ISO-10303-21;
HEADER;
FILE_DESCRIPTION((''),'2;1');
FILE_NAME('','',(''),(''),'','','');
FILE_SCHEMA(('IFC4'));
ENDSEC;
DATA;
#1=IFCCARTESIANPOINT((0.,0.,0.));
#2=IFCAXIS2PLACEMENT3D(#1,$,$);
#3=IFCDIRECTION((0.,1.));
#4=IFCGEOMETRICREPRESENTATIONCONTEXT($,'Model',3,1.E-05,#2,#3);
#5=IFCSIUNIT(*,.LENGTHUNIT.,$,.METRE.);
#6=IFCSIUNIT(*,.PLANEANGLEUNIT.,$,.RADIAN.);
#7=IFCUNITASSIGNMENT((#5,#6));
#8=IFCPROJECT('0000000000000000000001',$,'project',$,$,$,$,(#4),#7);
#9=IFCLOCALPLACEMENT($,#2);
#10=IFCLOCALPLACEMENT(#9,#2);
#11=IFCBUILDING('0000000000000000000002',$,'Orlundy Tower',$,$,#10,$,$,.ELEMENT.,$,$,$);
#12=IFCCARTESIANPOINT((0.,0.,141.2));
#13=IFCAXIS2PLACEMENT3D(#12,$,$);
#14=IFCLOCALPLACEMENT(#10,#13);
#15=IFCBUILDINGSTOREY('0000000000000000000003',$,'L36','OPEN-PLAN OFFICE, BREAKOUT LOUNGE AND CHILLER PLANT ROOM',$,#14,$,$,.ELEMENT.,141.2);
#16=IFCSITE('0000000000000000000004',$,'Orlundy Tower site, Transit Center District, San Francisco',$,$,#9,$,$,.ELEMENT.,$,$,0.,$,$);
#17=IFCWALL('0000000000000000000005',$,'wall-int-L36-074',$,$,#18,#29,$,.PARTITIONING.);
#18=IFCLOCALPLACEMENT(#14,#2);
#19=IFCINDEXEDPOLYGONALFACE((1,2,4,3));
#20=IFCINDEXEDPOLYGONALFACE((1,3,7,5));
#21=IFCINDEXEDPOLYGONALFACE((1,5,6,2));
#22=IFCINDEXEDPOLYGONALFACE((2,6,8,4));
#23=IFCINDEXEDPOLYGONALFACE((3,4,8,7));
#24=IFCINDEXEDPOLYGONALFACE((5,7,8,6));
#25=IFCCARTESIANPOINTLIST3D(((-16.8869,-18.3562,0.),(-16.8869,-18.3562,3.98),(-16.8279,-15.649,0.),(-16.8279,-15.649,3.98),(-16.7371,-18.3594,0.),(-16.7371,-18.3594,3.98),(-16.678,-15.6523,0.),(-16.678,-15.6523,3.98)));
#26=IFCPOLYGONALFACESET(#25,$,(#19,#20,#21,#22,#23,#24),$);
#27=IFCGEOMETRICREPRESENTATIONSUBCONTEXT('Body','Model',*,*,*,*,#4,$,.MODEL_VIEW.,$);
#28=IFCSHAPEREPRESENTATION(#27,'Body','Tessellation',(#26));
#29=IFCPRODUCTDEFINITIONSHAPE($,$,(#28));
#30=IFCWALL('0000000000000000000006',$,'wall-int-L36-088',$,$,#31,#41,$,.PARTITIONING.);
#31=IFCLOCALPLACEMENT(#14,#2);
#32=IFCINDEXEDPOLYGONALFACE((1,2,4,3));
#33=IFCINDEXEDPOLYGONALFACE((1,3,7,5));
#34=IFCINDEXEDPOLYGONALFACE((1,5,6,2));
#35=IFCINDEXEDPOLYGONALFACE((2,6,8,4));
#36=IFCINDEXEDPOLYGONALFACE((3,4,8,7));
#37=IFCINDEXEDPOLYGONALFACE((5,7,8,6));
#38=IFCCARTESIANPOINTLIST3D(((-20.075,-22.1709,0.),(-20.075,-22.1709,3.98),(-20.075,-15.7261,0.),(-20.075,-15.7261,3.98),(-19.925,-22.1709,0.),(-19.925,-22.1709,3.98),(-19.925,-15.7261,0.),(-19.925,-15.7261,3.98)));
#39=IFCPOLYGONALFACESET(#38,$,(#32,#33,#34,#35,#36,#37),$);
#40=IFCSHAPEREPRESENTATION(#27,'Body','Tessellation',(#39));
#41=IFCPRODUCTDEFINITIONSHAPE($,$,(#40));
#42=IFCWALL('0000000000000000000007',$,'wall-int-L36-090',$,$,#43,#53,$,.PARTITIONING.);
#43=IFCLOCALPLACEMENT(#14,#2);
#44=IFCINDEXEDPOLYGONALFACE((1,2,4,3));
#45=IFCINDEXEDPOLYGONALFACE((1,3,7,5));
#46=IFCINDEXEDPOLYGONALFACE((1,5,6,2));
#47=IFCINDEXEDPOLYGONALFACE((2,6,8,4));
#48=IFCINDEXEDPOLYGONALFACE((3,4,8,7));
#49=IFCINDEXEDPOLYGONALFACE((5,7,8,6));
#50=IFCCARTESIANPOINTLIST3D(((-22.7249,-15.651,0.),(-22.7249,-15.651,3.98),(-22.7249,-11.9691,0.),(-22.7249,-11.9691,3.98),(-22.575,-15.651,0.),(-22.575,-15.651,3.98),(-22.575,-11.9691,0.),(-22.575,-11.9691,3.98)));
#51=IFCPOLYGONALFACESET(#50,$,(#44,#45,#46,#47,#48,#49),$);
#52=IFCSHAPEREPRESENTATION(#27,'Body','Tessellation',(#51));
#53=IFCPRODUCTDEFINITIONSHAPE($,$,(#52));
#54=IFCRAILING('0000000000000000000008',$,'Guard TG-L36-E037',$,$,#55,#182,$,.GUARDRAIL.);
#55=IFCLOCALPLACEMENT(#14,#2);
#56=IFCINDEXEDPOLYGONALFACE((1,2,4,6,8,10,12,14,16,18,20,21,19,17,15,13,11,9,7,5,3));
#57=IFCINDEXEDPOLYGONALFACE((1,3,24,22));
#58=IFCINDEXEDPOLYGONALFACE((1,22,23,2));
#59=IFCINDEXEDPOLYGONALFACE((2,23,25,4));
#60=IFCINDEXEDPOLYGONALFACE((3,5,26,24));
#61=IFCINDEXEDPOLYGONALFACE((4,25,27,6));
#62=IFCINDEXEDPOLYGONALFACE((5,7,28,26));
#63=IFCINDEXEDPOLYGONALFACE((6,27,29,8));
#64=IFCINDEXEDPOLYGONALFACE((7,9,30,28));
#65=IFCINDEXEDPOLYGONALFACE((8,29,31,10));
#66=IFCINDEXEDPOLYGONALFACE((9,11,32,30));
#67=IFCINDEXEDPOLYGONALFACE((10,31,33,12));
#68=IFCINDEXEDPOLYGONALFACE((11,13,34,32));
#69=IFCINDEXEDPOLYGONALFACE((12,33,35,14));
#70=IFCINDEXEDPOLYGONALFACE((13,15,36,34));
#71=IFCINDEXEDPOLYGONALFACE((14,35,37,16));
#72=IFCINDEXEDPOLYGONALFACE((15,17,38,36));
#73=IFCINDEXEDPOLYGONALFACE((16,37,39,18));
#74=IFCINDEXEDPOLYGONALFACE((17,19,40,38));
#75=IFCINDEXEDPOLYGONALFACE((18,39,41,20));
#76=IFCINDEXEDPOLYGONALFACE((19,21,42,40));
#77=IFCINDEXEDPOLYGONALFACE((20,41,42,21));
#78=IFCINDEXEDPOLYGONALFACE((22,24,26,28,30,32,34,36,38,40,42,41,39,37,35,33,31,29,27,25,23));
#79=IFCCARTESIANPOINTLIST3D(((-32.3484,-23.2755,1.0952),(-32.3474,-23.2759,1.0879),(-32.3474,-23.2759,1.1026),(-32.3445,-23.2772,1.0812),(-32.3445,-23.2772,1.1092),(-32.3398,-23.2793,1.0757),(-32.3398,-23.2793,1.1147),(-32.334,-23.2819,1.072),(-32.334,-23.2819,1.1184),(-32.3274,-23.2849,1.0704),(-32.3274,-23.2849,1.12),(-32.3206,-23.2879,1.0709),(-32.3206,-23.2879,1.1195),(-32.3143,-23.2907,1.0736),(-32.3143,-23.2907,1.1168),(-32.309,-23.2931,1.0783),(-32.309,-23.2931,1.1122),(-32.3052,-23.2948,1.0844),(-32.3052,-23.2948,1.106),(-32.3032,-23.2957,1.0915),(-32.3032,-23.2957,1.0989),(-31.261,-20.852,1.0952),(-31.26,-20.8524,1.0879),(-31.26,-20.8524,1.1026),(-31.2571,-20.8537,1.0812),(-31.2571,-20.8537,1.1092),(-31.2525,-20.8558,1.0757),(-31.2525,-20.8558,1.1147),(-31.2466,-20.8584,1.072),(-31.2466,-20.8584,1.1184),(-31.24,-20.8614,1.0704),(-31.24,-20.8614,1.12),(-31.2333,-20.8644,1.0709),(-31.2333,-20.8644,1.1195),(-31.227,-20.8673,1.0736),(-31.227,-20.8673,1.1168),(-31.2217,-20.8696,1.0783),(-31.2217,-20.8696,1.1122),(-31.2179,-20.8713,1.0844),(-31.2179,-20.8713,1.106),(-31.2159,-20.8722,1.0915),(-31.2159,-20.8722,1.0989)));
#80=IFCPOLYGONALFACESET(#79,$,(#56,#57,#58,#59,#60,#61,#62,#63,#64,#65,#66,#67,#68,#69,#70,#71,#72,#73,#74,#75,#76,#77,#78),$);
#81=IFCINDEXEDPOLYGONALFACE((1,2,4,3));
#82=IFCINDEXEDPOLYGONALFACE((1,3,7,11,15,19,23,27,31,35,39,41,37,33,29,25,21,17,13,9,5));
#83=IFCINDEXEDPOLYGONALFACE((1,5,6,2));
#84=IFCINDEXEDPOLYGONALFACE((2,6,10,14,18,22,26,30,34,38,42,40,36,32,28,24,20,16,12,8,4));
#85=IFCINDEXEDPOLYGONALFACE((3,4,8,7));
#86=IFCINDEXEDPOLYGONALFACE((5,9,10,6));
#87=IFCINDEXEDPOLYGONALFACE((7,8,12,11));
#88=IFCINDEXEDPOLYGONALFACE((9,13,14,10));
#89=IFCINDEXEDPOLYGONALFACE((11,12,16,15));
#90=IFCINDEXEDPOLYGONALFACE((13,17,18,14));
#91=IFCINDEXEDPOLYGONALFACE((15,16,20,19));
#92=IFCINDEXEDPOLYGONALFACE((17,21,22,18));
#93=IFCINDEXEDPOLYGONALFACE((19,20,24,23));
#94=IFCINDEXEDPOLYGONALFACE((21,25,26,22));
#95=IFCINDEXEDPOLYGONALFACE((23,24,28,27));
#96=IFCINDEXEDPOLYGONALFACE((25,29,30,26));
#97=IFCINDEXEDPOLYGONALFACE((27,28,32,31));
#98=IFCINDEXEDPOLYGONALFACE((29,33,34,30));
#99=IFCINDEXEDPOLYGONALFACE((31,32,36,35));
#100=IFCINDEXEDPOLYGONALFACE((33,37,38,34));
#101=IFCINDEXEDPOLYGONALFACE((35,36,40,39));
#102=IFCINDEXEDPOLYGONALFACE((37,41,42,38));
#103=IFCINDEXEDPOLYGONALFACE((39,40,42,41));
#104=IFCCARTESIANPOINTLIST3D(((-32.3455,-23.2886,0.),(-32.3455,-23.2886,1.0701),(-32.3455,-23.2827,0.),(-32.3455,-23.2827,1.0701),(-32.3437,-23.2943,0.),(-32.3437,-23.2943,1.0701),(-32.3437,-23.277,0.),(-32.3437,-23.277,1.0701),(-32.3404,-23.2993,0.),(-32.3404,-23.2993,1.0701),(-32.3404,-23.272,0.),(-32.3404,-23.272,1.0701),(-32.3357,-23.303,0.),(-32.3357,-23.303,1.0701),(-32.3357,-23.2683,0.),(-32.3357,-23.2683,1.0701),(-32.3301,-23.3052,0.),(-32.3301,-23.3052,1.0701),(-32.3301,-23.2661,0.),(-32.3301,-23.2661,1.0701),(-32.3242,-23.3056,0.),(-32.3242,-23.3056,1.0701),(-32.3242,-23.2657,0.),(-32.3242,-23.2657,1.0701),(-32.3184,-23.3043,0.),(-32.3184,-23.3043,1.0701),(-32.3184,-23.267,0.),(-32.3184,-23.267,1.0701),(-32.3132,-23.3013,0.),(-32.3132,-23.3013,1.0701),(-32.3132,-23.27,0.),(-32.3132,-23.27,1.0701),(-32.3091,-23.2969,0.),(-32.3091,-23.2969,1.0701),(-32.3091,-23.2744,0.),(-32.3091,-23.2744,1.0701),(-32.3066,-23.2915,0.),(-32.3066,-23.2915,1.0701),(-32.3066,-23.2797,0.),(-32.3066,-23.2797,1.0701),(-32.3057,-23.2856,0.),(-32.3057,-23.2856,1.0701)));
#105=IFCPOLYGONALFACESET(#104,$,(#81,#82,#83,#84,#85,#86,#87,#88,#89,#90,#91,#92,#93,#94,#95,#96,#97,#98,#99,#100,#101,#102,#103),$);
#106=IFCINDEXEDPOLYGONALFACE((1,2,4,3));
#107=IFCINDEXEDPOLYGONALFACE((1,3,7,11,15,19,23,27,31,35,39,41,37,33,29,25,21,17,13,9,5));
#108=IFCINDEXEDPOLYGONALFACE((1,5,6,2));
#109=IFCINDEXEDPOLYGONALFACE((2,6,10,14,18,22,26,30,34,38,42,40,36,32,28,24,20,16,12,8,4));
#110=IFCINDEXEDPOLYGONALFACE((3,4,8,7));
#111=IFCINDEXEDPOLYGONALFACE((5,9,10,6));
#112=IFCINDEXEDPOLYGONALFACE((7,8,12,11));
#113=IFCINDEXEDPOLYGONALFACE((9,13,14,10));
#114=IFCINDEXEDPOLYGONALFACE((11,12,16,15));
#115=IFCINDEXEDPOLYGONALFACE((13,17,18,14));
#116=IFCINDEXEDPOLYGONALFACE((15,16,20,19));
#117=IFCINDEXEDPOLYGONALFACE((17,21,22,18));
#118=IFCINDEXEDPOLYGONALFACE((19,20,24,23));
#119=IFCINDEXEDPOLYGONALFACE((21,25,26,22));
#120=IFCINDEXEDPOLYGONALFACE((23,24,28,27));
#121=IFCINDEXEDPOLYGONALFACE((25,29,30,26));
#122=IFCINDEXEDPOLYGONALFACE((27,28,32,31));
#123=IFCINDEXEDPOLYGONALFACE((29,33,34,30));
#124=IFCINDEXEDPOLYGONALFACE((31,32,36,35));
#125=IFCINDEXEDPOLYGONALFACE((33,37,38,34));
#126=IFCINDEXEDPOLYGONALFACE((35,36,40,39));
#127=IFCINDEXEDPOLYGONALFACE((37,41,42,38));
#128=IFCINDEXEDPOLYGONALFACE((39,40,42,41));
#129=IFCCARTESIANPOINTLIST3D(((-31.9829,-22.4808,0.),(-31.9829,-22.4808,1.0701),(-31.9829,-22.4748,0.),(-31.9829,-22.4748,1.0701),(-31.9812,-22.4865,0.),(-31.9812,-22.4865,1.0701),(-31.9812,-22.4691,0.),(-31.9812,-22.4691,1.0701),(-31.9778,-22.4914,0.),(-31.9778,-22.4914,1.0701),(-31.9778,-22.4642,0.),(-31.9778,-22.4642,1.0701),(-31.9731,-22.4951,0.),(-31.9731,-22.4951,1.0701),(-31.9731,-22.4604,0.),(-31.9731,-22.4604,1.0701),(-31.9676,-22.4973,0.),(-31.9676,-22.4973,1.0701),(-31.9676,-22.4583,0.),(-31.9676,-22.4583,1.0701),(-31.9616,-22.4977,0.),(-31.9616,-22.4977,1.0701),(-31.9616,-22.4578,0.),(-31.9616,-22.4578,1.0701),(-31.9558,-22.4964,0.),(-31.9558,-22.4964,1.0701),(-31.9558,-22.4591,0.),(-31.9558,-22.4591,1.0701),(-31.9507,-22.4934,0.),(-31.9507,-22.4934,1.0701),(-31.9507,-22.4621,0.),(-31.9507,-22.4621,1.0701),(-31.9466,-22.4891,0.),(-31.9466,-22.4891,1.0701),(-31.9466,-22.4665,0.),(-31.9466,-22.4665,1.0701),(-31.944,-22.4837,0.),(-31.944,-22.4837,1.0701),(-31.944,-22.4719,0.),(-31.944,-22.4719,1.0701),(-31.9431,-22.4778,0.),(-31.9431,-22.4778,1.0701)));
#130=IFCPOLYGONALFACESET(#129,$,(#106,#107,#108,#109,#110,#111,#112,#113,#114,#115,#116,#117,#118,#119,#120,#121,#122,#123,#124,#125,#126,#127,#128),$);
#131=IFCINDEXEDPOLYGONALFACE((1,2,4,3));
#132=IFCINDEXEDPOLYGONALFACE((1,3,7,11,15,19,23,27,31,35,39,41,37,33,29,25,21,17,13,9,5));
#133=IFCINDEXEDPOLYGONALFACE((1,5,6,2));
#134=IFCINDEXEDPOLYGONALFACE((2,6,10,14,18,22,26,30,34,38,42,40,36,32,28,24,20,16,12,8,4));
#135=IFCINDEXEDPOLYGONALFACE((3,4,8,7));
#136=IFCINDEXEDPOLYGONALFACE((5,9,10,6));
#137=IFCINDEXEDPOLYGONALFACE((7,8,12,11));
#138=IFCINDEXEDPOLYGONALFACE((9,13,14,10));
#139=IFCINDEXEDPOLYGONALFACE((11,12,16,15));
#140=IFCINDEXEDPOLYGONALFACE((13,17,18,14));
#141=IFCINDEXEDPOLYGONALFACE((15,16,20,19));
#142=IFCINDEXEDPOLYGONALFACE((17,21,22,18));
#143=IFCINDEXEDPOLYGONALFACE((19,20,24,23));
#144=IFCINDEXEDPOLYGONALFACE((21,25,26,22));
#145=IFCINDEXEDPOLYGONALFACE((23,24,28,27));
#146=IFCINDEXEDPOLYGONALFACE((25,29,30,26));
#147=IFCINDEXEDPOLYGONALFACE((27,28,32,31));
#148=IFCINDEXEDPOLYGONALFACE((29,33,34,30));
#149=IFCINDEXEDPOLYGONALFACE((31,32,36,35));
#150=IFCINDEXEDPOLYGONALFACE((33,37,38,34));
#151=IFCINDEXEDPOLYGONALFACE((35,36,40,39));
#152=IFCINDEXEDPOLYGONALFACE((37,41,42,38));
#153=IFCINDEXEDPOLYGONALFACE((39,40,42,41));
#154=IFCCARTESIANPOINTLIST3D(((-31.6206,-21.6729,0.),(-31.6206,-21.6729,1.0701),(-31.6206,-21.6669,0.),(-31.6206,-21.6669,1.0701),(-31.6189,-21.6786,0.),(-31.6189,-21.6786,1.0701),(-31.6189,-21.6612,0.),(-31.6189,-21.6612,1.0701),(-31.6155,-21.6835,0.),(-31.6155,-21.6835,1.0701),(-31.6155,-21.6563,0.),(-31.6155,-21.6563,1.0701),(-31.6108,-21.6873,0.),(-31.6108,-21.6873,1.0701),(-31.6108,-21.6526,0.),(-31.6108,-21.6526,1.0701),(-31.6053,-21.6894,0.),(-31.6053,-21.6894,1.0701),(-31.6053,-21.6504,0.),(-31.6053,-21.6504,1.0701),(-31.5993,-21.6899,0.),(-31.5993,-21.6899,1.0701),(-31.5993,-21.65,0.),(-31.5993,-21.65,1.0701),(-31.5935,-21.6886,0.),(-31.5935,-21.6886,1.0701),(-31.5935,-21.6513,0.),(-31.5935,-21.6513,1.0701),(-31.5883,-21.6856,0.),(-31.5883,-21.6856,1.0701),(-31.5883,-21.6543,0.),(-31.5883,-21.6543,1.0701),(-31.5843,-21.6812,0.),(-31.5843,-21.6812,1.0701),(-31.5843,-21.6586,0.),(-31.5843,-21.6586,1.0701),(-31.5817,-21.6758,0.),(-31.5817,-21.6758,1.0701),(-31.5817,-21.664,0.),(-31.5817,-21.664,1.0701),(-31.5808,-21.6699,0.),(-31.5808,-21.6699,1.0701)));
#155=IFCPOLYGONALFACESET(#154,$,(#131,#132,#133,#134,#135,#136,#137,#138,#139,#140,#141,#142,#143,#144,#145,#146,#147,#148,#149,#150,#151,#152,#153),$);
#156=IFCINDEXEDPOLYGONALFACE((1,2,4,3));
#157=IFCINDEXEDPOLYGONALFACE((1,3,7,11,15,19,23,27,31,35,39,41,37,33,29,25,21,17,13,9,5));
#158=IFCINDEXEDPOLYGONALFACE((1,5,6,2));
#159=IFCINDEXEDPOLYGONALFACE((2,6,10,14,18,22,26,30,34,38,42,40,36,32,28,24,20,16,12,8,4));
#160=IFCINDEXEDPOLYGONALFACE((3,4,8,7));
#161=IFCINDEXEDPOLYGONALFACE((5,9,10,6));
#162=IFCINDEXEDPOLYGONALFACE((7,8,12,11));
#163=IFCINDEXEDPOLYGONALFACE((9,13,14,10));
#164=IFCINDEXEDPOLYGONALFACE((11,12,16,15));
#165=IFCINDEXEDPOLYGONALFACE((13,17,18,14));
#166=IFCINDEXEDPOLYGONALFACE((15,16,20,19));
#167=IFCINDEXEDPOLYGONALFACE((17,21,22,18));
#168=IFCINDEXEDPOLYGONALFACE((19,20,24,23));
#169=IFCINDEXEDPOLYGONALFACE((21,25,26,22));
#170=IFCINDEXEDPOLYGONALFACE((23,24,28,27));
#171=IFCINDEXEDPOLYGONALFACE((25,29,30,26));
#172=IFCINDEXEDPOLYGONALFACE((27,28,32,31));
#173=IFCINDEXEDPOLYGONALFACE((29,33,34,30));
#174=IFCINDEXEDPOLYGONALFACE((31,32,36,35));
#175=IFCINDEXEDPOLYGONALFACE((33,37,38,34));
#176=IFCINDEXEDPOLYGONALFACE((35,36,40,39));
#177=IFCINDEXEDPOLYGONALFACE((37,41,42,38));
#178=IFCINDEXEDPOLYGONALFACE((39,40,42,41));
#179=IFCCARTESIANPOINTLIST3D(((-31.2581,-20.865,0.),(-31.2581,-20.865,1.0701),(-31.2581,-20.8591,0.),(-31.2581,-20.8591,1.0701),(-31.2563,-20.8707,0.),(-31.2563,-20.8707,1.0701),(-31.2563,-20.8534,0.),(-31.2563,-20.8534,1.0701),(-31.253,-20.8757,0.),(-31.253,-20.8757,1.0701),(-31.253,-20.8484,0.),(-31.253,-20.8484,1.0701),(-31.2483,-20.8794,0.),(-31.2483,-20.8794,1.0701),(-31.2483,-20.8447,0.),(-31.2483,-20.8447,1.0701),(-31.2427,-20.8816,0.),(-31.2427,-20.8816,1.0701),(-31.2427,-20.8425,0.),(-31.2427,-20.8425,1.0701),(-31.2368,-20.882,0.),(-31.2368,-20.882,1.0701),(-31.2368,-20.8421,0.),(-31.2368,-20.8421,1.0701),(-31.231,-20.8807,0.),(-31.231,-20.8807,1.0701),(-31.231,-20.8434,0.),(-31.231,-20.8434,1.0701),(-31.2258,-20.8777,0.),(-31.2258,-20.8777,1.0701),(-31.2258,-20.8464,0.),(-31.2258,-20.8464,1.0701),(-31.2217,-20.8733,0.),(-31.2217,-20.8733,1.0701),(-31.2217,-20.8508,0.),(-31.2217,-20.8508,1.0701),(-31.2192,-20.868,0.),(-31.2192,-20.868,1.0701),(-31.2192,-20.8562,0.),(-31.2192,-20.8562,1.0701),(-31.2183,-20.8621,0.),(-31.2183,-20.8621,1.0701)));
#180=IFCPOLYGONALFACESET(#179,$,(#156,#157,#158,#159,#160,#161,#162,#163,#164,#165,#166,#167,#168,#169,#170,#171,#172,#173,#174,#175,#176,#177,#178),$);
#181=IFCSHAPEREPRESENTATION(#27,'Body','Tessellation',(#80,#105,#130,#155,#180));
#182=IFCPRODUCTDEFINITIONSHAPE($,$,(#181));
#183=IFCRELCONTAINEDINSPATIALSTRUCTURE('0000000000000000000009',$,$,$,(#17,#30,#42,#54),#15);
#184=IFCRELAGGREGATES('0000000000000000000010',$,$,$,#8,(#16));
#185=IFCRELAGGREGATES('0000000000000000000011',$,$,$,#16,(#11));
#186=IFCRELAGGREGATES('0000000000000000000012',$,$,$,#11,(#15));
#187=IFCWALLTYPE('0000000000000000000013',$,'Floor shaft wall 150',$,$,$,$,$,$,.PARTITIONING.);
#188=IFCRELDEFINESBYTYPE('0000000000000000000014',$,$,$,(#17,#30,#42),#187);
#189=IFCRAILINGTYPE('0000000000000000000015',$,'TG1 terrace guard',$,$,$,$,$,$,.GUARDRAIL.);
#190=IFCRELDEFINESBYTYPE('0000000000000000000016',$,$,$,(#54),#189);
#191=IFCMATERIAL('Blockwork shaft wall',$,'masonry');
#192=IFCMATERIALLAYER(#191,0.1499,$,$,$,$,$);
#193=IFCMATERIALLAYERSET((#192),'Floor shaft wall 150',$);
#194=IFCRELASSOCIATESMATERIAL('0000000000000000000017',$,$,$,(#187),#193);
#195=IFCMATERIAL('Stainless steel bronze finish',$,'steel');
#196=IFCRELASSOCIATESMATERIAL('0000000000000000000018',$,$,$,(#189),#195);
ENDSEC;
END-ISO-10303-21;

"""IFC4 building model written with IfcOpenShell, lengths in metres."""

from ifc_helpers import new_model, si_unit, direction, frame, frame_2d, origin, origin_2d, place, context, subcontext, project, spatial, rectangle, circle, extrude, material, layer, layer_set, type_object, element, save


model = new_model("IFC4")

# Units and contexts
model_context = context("Model", 3, precision=1e-05, world=origin(), true_north=direction((0.0, 1.0)))
body_context = subcontext(model_context, "Body", "Model", "MODEL_VIEW")
ifc_project = project(units=[si_unit("LENGTHUNIT", "METRE"), si_unit("PLANEANGLEUNIT", "RADIAN")], contexts=[model_context])

# Site, building, storey
site_placement = place(None, origin())
site = spatial("IfcSite", under=ifc_project, at=site_placement, Name="Orlundy Tower site, Transit Center District, San Francisco", CompositionType="ELEMENT", RefElevation=0.0)
building_placement = place(site_placement, origin())
building = spatial("IfcBuilding", under=site, at=building_placement, Name="Orlundy Tower", CompositionType="ELEMENT")
storey_placement = place(building_placement, frame((0.0, 0.0, 141.2)))
storey = spatial("IfcBuildingStorey", under=building, at=storey_placement, Name="L36", Description="OPEN-PLAN OFFICE, BREAKOUT LOUNGE AND CHILLER PLANT ROOM", CompositionType="ELEMENT", Elevation=141.2)

# Shared definitions
ifc_material_1 = material(Name="Blockwork shaft wall", Category="masonry")
ifc_layer_1 = layer(ifc_material_1, 0.1499)
ifc_layer_set_1 = layer_set([ifc_layer_1], Name="Floor shaft wall 150")
wall_type_1 = type_object("IfcWallType", Name="Floor shaft wall 150", PredefinedType="PARTITIONING", material=ifc_layer_set_1)

# Walls
wall_1_placement = place(storey_placement, frame((-16.812, -18.3579, 0.0), z_axis=(0.0, 0.0, 1.0), x_axis=(0.02182, 0.999762, 0.0)))
element("IfcWall", 1, at=wall_1_placement, inside=storey, type_object=wall_type_1, Name="wall-int-L36-074", PredefinedType="PARTITIONING", context=body_context, shape_type="SweptSolid", body=[
    extrude(rectangle(XDim=2.7078, YDim=0.1499, at=frame_2d((1.354, 0.0))), origin(), (0.0, 0.0, 1.0), 3.98),
])
wall_2_placement = place(storey_placement, frame((-20.0, -22.1709, 0.0), z_axis=(0.0, 0.0, 1.0), x_axis=(0.0, 1.0, 0.0)))
element("IfcWall", 2, at=wall_2_placement, inside=storey, type_object=wall_type_1, Name="wall-int-L36-088", PredefinedType="PARTITIONING", context=body_context, shape_type="SweptSolid", body=[
    extrude(rectangle(XDim=6.4448, YDim=0.1499, at=frame_2d((3.2224, 0.0))), origin(), (0.0, 0.0, 1.0), 3.98),
])
wall_3_placement = place(storey_placement, frame((-22.6499, -15.6509, 0.0), z_axis=(0.0, 0.0, 1.0), x_axis=(0.0, 1.0, 0.0)))
element("IfcWall", 3, at=wall_3_placement, inside=storey, type_object=wall_type_1, Name="wall-int-L36-090", PredefinedType="PARTITIONING", context=body_context, shape_type="SweptSolid", body=[
    extrude(rectangle(XDim=3.6819, YDim=0.1499, at=frame_2d((1.8408, 0.0))), origin(), (0.0, 0.0, 1.0), 3.98),
])

# Railing
ifc_material_2 = material(Name="Stainless steel bronze finish", Category="steel")
railing_type = type_object("IfcRailingType", Name="TG1 terrace guard", PredefinedType="GUARDRAIL", material=ifc_material_2)
railing_placement = place(storey_placement, frame((-32.3257, -23.2856, 0.0)))
element("IfcRailing", 4, at=railing_placement, inside=storey, type_object=railing_type, Name="Guard TG-L36-E037", PredefinedType="GUARDRAIL", context=body_context, shape_type="SweptSolid", body=[
    extrude(circle(Radius=0.0249, at=origin_2d()), frame((0.0, 0.0, 1.0952), z_axis=(0.409359, 0.912373, 0.0), x_axis=(-0.912373, 0.409359, 0.0)), (0.0, 0.0, 1.0), 2.6562),
    extrude(circle(Radius=0.02, at=origin_2d()), origin(), (0.0, 0.0, 1.0), 1.0701),
    extrude(circle(Radius=0.02, at=origin_2d()), frame((0.3625, 0.8079, 0.0)), (0.0, 0.0, 1.0), 1.0701),
    extrude(circle(Radius=0.02, at=origin_2d()), frame((0.7249, 1.6157, 0.0)), (0.0, 0.0, 1.0), 1.0701),
    extrude(circle(Radius=0.02, at=origin_2d()), frame((1.0874, 2.4236, 0.0)), (0.0, 0.0, 1.0), 1.0701),
])

save(model, "model.ifc")
